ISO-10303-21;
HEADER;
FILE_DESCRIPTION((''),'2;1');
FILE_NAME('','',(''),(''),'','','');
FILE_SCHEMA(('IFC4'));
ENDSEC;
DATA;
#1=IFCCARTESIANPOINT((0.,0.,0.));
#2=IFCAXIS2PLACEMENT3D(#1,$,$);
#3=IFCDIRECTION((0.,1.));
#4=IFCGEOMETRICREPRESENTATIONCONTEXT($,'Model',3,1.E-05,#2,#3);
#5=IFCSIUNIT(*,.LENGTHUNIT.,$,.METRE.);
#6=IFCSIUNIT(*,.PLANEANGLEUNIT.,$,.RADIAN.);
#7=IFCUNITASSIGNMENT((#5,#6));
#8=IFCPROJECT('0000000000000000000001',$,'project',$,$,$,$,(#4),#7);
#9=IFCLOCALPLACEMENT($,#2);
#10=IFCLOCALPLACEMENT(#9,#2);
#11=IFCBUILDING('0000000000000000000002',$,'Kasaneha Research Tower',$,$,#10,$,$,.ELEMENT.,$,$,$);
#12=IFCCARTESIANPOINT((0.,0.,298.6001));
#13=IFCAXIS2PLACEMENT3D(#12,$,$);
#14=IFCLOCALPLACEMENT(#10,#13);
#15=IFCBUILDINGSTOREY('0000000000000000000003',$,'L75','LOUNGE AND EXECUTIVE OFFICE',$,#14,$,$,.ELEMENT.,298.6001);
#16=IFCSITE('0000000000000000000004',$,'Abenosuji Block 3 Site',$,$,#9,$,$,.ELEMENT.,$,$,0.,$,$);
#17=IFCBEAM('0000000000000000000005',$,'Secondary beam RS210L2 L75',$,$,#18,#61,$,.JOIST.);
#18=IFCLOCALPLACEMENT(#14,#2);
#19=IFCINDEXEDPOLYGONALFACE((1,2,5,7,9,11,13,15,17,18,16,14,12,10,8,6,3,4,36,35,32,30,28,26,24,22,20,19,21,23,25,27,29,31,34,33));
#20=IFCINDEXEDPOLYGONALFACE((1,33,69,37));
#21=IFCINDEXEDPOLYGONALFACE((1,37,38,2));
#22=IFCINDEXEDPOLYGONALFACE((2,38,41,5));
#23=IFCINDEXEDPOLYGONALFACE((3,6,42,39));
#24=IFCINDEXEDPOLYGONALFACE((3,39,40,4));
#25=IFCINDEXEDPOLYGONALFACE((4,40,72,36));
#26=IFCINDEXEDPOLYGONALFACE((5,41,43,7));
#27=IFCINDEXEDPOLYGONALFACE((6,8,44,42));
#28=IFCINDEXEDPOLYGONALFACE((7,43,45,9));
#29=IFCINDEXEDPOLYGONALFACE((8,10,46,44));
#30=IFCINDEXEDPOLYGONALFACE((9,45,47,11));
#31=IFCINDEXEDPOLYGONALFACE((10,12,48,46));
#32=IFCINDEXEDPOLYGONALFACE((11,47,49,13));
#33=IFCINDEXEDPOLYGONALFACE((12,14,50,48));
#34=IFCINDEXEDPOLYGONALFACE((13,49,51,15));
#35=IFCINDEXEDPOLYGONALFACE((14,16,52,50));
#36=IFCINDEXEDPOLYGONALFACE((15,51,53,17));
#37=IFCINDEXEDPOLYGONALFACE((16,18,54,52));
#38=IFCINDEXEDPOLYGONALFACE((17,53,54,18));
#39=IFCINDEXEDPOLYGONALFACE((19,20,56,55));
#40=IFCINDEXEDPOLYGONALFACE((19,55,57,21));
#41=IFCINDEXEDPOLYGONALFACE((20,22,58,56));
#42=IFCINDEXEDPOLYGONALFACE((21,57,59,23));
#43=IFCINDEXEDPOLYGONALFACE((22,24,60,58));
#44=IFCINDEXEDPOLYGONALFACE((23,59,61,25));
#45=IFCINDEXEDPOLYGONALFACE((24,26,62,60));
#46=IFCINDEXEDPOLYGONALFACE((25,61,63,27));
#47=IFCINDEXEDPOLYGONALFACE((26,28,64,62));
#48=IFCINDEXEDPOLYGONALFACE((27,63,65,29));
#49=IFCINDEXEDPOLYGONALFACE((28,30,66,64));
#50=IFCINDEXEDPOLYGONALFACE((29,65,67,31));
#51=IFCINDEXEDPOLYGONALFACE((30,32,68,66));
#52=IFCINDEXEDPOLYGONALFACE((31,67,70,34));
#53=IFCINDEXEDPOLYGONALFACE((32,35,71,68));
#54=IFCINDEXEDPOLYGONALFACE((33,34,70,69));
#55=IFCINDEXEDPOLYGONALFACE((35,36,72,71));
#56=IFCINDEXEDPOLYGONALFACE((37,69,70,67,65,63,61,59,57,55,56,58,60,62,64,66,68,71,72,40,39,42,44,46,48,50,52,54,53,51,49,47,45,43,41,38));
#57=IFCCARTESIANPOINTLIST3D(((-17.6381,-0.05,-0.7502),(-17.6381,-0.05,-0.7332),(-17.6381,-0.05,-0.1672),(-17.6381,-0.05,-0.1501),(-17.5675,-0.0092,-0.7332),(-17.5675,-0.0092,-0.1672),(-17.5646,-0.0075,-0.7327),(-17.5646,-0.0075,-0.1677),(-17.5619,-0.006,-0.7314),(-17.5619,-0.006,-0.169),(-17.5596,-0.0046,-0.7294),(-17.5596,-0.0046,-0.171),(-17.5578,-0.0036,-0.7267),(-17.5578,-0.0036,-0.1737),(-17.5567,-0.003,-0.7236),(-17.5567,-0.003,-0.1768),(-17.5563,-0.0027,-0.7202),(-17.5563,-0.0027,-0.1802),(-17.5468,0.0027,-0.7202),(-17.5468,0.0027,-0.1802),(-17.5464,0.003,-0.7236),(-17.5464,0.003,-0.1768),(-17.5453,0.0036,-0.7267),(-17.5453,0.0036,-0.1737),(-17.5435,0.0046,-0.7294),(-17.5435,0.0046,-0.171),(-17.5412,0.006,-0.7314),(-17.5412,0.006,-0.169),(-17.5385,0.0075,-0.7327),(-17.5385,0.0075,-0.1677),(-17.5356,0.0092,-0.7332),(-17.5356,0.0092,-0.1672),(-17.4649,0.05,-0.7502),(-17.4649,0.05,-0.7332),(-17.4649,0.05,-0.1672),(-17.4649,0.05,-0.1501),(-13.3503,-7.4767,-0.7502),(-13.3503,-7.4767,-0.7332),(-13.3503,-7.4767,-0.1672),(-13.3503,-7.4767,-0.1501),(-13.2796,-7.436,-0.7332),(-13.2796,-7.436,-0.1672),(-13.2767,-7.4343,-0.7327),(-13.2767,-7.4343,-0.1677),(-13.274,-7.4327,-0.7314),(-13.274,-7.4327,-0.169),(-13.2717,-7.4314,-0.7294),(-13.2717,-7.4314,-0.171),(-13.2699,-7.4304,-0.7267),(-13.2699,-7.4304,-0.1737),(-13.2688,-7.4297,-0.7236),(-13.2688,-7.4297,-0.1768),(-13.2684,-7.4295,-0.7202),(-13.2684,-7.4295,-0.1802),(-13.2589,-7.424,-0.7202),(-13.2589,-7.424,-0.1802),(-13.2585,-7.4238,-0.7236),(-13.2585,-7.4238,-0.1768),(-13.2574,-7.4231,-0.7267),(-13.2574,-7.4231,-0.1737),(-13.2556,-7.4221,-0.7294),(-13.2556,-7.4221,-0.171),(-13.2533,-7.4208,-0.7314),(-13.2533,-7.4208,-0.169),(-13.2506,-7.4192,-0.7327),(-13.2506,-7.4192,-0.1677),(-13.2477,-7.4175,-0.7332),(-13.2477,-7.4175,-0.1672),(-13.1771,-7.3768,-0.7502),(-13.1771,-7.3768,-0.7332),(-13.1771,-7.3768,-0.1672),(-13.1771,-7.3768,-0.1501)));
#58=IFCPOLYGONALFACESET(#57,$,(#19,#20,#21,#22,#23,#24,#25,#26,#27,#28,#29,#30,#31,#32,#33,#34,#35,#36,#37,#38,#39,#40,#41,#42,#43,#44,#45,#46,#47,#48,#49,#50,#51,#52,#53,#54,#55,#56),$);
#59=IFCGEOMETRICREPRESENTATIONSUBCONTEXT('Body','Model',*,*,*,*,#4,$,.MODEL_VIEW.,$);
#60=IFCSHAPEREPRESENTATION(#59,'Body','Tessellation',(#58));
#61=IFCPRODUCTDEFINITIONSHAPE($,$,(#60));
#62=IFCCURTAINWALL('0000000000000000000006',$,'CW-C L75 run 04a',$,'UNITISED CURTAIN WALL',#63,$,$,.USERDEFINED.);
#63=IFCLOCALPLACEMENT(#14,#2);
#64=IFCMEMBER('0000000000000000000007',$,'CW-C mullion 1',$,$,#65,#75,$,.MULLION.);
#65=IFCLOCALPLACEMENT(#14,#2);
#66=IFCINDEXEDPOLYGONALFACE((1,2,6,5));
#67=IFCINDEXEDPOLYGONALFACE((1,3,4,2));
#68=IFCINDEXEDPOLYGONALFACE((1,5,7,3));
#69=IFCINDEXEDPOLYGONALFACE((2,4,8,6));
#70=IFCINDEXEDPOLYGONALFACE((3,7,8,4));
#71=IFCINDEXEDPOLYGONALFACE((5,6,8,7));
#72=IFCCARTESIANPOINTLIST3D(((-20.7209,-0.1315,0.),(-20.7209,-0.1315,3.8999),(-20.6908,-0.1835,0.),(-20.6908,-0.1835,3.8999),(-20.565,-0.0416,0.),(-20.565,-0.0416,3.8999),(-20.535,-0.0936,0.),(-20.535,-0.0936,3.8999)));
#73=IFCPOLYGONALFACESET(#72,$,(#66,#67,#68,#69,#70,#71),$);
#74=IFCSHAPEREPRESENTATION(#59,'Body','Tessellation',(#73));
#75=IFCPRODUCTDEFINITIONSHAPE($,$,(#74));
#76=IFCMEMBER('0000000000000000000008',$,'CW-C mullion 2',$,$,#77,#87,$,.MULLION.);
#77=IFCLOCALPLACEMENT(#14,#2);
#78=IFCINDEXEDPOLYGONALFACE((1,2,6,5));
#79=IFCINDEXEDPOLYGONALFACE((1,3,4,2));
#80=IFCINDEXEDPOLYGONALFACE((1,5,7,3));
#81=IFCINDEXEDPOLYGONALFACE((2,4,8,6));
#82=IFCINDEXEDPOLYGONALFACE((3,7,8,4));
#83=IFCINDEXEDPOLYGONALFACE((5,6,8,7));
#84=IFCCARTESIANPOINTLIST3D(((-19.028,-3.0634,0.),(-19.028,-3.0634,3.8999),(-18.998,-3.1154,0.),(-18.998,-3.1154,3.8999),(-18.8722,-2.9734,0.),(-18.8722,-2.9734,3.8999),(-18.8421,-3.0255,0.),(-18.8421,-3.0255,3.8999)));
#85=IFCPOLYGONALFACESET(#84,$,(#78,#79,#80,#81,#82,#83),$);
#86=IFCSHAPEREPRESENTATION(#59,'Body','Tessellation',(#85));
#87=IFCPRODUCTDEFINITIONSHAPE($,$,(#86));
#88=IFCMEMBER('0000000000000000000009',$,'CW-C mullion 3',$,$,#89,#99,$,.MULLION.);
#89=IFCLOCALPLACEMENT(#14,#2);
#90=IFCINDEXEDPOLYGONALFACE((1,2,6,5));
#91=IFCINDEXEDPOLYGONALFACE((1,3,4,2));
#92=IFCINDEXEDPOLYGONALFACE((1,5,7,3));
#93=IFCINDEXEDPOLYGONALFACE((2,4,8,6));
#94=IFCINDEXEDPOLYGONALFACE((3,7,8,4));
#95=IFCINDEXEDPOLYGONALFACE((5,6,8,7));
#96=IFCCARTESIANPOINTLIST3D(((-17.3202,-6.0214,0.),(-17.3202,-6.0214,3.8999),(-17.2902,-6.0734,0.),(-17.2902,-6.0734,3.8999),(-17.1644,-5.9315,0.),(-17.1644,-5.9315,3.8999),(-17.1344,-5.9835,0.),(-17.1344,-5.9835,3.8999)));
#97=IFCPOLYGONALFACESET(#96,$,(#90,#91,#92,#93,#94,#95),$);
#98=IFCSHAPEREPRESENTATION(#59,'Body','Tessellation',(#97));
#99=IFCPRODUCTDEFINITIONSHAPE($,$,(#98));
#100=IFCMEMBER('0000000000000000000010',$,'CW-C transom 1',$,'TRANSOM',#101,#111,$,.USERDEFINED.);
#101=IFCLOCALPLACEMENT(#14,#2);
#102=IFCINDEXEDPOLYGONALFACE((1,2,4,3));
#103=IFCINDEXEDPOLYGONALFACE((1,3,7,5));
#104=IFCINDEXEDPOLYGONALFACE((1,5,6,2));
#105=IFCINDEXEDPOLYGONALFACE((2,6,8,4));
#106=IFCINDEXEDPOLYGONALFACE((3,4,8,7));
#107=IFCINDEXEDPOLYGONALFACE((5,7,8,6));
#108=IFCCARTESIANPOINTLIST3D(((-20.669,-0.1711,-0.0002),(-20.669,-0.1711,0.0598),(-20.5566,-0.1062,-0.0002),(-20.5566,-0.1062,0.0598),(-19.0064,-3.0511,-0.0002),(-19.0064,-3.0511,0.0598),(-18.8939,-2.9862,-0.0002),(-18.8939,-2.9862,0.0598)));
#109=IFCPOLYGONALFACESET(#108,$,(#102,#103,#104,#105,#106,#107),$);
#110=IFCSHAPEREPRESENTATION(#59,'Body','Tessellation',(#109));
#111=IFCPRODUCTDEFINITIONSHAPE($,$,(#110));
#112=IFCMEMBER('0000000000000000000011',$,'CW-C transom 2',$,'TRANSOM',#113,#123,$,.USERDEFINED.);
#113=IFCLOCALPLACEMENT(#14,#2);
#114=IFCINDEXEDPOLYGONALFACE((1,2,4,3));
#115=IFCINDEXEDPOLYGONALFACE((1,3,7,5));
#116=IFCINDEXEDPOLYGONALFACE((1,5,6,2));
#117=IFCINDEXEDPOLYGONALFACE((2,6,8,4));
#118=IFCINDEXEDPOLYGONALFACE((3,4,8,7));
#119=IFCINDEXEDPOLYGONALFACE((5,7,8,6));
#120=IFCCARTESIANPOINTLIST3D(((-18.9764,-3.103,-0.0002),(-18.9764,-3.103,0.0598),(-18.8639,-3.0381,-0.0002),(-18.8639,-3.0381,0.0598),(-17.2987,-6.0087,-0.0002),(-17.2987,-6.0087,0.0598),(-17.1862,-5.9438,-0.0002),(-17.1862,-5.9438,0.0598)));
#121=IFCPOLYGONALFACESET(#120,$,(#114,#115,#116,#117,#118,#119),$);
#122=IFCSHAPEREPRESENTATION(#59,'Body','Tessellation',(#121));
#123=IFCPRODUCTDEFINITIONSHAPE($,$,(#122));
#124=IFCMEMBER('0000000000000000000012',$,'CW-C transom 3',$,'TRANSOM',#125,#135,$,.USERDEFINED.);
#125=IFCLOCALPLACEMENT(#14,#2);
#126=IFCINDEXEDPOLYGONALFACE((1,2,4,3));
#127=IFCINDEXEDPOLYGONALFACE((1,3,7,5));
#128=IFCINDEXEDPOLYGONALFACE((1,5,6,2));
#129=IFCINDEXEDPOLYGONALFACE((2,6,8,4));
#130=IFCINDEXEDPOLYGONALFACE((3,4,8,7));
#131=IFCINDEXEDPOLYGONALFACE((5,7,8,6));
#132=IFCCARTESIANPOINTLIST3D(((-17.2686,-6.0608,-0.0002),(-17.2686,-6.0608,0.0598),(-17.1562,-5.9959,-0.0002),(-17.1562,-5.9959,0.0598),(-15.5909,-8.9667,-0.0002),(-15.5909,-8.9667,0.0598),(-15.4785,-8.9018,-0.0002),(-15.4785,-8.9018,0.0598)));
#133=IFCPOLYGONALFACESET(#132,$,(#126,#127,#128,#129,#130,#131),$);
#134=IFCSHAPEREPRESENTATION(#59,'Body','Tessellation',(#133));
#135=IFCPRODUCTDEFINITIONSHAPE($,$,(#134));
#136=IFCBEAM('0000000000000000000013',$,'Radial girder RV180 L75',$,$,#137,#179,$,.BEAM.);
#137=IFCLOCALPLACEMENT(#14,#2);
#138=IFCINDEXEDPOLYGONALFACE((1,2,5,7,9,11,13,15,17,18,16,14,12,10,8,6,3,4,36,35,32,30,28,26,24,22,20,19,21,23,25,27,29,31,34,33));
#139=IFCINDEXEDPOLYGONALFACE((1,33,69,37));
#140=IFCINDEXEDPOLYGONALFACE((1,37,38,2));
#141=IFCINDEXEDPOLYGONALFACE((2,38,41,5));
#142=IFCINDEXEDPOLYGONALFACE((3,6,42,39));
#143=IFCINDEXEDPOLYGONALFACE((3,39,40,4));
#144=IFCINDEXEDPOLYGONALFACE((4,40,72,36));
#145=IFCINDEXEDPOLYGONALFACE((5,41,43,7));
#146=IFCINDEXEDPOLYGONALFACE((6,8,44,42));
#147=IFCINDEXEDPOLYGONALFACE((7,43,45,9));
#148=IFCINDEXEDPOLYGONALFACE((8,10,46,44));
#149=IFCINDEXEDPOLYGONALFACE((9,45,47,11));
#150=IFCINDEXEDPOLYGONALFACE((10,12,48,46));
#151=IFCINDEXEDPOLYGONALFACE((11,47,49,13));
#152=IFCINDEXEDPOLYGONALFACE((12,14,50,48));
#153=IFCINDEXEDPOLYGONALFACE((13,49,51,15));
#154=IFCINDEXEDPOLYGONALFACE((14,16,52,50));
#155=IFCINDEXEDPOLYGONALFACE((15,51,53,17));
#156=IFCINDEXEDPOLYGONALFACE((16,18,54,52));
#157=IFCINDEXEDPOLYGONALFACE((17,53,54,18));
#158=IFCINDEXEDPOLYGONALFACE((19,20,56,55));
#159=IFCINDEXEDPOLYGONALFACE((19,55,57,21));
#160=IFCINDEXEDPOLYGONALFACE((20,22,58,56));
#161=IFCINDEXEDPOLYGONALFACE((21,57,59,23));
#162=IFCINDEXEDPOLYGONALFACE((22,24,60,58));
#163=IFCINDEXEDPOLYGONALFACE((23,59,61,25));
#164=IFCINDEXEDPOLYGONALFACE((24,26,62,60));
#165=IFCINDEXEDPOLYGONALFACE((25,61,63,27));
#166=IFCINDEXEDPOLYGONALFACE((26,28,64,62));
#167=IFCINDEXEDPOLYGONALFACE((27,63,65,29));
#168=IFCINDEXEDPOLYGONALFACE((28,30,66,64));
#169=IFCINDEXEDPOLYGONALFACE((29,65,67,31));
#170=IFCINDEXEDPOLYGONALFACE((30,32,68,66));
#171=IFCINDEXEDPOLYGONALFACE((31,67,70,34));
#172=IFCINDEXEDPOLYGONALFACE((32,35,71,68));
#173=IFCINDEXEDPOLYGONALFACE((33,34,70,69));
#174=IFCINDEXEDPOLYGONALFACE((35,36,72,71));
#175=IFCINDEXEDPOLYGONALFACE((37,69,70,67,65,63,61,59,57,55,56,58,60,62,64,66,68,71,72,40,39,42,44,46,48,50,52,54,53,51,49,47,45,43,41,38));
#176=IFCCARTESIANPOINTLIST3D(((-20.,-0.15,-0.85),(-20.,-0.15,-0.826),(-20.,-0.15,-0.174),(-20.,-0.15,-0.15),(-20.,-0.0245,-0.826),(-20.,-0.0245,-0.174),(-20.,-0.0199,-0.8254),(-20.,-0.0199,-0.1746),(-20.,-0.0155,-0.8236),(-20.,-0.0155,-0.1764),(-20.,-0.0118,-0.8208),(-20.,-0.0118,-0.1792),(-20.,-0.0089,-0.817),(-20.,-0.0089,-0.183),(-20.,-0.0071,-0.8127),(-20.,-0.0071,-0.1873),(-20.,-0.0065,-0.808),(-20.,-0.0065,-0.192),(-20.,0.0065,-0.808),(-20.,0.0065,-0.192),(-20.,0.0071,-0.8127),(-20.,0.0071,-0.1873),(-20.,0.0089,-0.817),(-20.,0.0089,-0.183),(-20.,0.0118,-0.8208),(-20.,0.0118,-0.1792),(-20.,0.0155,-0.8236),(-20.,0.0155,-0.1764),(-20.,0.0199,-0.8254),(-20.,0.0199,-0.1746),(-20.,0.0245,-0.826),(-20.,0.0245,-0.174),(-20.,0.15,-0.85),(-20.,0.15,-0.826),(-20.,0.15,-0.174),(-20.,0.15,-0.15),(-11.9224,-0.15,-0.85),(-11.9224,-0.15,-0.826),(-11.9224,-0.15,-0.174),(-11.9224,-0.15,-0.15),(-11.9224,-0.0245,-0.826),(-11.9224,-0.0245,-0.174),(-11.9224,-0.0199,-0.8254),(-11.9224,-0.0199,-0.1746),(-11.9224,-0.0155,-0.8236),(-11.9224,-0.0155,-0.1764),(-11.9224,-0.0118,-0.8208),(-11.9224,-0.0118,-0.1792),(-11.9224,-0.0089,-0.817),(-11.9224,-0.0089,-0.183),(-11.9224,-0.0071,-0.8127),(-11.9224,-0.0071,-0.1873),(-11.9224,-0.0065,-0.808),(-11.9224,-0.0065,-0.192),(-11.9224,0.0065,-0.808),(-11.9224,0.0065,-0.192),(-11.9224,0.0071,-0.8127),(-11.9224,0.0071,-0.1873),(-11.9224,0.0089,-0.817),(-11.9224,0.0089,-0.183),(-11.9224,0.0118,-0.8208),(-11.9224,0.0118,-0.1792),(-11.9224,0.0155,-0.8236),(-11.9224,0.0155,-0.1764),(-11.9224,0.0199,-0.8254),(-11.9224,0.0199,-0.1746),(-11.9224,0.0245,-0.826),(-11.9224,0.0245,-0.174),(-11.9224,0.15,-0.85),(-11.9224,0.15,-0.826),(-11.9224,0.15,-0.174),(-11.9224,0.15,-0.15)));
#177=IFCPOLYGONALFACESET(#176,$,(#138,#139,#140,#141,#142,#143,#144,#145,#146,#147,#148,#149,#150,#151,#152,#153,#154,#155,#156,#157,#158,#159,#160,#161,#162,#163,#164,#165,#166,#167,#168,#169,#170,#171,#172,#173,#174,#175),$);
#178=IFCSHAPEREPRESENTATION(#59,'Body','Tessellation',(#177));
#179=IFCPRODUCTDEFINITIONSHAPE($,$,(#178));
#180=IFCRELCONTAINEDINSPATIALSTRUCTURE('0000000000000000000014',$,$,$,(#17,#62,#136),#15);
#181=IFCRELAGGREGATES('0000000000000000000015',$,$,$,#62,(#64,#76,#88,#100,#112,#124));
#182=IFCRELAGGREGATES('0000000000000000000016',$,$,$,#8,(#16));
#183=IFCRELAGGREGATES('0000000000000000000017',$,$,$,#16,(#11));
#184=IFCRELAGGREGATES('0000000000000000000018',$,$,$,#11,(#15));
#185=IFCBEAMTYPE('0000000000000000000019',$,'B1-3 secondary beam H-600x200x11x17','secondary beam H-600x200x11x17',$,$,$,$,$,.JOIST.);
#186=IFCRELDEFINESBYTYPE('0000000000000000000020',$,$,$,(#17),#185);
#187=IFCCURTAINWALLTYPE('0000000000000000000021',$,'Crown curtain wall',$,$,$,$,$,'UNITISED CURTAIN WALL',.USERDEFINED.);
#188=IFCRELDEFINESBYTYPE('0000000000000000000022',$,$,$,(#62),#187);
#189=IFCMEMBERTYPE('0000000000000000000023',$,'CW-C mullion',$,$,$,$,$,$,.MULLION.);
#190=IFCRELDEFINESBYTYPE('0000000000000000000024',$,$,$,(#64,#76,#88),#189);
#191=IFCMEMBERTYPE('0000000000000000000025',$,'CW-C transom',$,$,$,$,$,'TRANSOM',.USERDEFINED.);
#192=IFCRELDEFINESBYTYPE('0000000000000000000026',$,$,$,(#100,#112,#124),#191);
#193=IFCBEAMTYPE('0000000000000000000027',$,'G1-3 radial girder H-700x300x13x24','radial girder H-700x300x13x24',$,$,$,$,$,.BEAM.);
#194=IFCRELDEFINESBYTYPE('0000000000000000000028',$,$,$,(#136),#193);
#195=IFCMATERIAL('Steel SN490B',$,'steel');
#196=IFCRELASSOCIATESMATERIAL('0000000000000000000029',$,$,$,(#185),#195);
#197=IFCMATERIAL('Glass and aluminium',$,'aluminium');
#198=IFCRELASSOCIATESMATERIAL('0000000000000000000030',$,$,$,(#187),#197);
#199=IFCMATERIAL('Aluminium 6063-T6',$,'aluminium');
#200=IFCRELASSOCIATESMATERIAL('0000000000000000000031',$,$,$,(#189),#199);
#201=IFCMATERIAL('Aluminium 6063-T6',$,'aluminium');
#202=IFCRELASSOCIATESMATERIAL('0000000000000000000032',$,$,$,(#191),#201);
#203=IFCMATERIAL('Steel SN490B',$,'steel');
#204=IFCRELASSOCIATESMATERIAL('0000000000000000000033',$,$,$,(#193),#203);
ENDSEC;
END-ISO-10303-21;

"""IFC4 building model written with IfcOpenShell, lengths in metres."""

from ifc_helpers import new_model, si_unit, direction, frame, origin, origin_2d, place, context, subcontext, project, spatial, rectangle, i_section, extrude, material, material_profile, profile_set, type_object, element, aggregate, save


model = new_model("IFC4")

# Units and contexts
model_context = context("Model", 3, precision=1e-05, world=origin(), true_north=direction((0.0, 1.0)))
body_context = subcontext(model_context, "Body", "Model", "MODEL_VIEW")
ifc_project = project(units=[si_unit("LENGTHUNIT", "METRE"), si_unit("PLANEANGLEUNIT", "RADIAN")], contexts=[model_context])

# Site, building, storey
site_placement = place(None, origin())
site = spatial("IfcSite", under=ifc_project, at=site_placement, Name="Abenosuji Block 3 Site", CompositionType="ELEMENT", RefElevation=0.0)
building_placement = place(site_placement, origin())
building = spatial("IfcBuilding", under=site, at=building_placement, Name="Kasaneha Research Tower", CompositionType="ELEMENT")
storey_placement = place(building_placement, frame((0.0, 0.0, 298.6001)))
storey = spatial("IfcBuildingStorey", under=building, at=storey_placement, Name="L75", Description="LOUNGE AND EXECUTIVE OFFICE", CompositionType="ELEMENT", Elevation=298.6001)

# Beam
ifc_material_1 = material(Name="Steel SN490B", Category="steel")
ifc_material_profile_1 = material_profile(ifc_material_1, i_section(OverallWidth=0.2, OverallDepth=0.6001, WebThickness=0.011, FlangeThickness=0.0171, FilletRadius=0.0129, at=origin_2d()), Name="H-600x200x11x17")
ifc_profile_set_1 = profile_set([ifc_material_profile_1], Name="Steel SN490B")
beam_type_1 = type_object("IfcBeamType", Name="B1-3 secondary beam H-600x200x11x17", Description="secondary beam H-600x200x11x17", PredefinedType="JOIST", material=ifc_profile_set_1)
beam_1_placement = place(storey_placement, frame((-17.5515, 0.0, -0.4502), z_axis=(0.5, -0.866025, 0.0), x_axis=(0.866025, 0.5, 0.0)))
element("IfcBeam", 1, at=beam_1_placement, inside=storey, type_object=beam_type_1, Name="Secondary beam RS210L2 L75", PredefinedType="JOIST", context=body_context, shape_type="SweptSolid", body=[
    extrude(i_section(OverallWidth=0.2, OverallDepth=0.6001, WebThickness=0.011, FlangeThickness=0.0171, FilletRadius=0.0129, at=origin_2d()), origin(), (0.0, 0.0, 1.0), 8.5757),
])

# Curtain wall, members
ifc_material_2 = material(Name="Glass and aluminium", Category="aluminium")
curtain_wall_type = type_object("IfcCurtainWallType", Name="Crown curtain wall", ElementType="UNITISED CURTAIN WALL", PredefinedType="USERDEFINED", material=ifc_material_2)
curtain_wall_placement = place(storey_placement, origin())
curtain_wall = element("IfcCurtainWall", 2, at=curtain_wall_placement, inside=storey, type_object=curtain_wall_type, Name="CW-C L75 run 04a", ObjectType="UNITISED CURTAIN WALL", PredefinedType="USERDEFINED")
ifc_material_3 = material(Name="Aluminium 6063-T6", Category="aluminium")
ifc_material_profile_2 = material_profile(ifc_material_3, rectangle(XDim=0.0601, YDim=0.1799, at=origin_2d()), Name="CW-C mullion 60x180")
ifc_profile_set_2 = profile_set([ifc_material_profile_2], Name="Aluminium 6063-T6")
member_type_1 = type_object("IfcMemberType", Name="CW-C mullion", PredefinedType="MULLION", material=ifc_profile_set_2)
member_1_placement = place(storey_placement, frame((-20.6279, -0.1125, 0.0), z_axis=(0.0, 0.0, 1.0), x_axis=(0.5, -0.866025, 0.0)))
member_1 = element("IfcMember", 3, at=member_1_placement, type_object=member_type_1, Name="CW-C mullion 1", PredefinedType="MULLION", context=body_context, shape_type="SweptSolid", body=[
    extrude(rectangle(XDim=0.0601, YDim=0.1799, at=origin_2d()), origin(), (0.0, 0.0, 1.0), 3.8999),
])
member_2_placement = place(storey_placement, frame((-18.9351, -3.0444, 0.0), z_axis=(0.0, 0.0, 1.0), x_axis=(0.5, -0.866025, 0.0)))
member_2 = element("IfcMember", 4, at=member_2_placement, type_object=member_type_1, Name="CW-C mullion 2", PredefinedType="MULLION", context=body_context, shape_type="SweptSolid", body=[
    extrude(rectangle(XDim=0.0601, YDim=0.1799, at=origin_2d()), origin(), (0.0, 0.0, 1.0), 3.8999),
])
member_3_placement = place(storey_placement, frame((-17.2273, -6.0024, 0.0), z_axis=(0.0, 0.0, 1.0), x_axis=(0.5, -0.866025, 0.0)))
member_3 = element("IfcMember", 5, at=member_3_placement, type_object=member_type_1, Name="CW-C mullion 3", PredefinedType="MULLION", context=body_context, shape_type="SweptSolid", body=[
    extrude(rectangle(XDim=0.0601, YDim=0.1799, at=origin_2d()), origin(), (0.0, 0.0, 1.0), 3.8999),
])
ifc_material_4 = material(Name="Aluminium 6063-T6", Category="aluminium")
ifc_material_profile_3 = material_profile(ifc_material_4, rectangle(XDim=0.1299, YDim=0.0601, at=origin_2d()), Name="CW-C transom 130x60")
ifc_profile_set_3 = profile_set([ifc_material_profile_3], Name="Aluminium 6063-T6")
member_type_2 = type_object("IfcMemberType", Name="CW-C transom", ElementType="TRANSOM", PredefinedType="USERDEFINED", material=ifc_profile_set_3)
member_4_placement = place(storey_placement, frame((-20.6128, -0.1387, 0.0298), z_axis=(0.499977, -0.866039, 0.0), x_axis=(0.866039, 0.499977, 0.0)))
member_4 = element("IfcMember", 6, at=member_4_placement, type_object=member_type_2, Name="CW-C transom 1", ObjectType="TRANSOM", PredefinedType="USERDEFINED", context=body_context, shape_type="SweptSolid", body=[
    extrude(rectangle(XDim=0.1299, YDim=0.0601, at=origin_2d()), origin(), (0.0, 0.0, 1.0), 3.3254),
])
member_5_placement = place(storey_placement, frame((-18.9202, -3.0706, 0.0298), z_axis=(0.500021, -0.866014, 0.0), x_axis=(0.866014, 0.500021, 0.0)))
member_5 = element("IfcMember", 7, at=member_5_placement, type_object=member_type_2, Name="CW-C transom 2", ObjectType="TRANSOM", PredefinedType="USERDEFINED", context=body_context, shape_type="SweptSolid", body=[
    extrude(rectangle(XDim=0.1299, YDim=0.0601, at=origin_2d()), origin(), (0.0, 0.0, 1.0), 3.3552),
])
member_6_placement = place(storey_placement, frame((-17.2124, -6.0283, 0.0298), z_axis=(0.499989, -0.866032, 0.0), x_axis=(0.866032, 0.499989, 0.0)))
member_6 = element("IfcMember", 8, at=member_6_placement, type_object=member_type_2, Name="CW-C transom 3", ObjectType="TRANSOM", PredefinedType="USERDEFINED", context=body_context, shape_type="SweptSolid", body=[
    extrude(rectangle(XDim=0.1299, YDim=0.0601, at=origin_2d()), origin(), (0.0, 0.0, 1.0), 3.3555),
])

# Beam
ifc_material_5 = material(Name="Steel SN490B", Category="steel")
ifc_material_profile_4 = material_profile(ifc_material_5, i_section(OverallWidth=0.3, OverallDepth=0.7, WebThickness=0.0129, FlangeThickness=0.0239, FilletRadius=0.0181, at=origin_2d()), Name="H-700x300x13x24")
ifc_profile_set_4 = profile_set([ifc_material_profile_4], Name="Steel SN490B")
beam_type_2 = type_object("IfcBeamType", Name="G1-3 radial girder H-700x300x13x24", Description="radial girder H-700x300x13x24", PredefinedType="BEAM", material=ifc_profile_set_4)
beam_2_placement = place(storey_placement, frame((-11.9224, 0.0, -0.5), z_axis=(-1.0, 0.0, 0.0), x_axis=(0.0, -1.0, 0.0)))
element("IfcBeam", 9, at=beam_2_placement, inside=storey, type_object=beam_type_2, Name="Radial girder RV180 L75", PredefinedType="BEAM", context=body_context, shape_type="SweptSolid", body=[
    extrude(i_section(OverallWidth=0.3, OverallDepth=0.7, WebThickness=0.0129, FlangeThickness=0.0239, FilletRadius=0.0181, at=origin_2d()), origin(), (0.0, 0.0, 1.0), 8.0776),
])

aggregate(curtain_wall, [member_1, member_2, member_3, member_4, member_5, member_6])

save(model, "model.ifc")
